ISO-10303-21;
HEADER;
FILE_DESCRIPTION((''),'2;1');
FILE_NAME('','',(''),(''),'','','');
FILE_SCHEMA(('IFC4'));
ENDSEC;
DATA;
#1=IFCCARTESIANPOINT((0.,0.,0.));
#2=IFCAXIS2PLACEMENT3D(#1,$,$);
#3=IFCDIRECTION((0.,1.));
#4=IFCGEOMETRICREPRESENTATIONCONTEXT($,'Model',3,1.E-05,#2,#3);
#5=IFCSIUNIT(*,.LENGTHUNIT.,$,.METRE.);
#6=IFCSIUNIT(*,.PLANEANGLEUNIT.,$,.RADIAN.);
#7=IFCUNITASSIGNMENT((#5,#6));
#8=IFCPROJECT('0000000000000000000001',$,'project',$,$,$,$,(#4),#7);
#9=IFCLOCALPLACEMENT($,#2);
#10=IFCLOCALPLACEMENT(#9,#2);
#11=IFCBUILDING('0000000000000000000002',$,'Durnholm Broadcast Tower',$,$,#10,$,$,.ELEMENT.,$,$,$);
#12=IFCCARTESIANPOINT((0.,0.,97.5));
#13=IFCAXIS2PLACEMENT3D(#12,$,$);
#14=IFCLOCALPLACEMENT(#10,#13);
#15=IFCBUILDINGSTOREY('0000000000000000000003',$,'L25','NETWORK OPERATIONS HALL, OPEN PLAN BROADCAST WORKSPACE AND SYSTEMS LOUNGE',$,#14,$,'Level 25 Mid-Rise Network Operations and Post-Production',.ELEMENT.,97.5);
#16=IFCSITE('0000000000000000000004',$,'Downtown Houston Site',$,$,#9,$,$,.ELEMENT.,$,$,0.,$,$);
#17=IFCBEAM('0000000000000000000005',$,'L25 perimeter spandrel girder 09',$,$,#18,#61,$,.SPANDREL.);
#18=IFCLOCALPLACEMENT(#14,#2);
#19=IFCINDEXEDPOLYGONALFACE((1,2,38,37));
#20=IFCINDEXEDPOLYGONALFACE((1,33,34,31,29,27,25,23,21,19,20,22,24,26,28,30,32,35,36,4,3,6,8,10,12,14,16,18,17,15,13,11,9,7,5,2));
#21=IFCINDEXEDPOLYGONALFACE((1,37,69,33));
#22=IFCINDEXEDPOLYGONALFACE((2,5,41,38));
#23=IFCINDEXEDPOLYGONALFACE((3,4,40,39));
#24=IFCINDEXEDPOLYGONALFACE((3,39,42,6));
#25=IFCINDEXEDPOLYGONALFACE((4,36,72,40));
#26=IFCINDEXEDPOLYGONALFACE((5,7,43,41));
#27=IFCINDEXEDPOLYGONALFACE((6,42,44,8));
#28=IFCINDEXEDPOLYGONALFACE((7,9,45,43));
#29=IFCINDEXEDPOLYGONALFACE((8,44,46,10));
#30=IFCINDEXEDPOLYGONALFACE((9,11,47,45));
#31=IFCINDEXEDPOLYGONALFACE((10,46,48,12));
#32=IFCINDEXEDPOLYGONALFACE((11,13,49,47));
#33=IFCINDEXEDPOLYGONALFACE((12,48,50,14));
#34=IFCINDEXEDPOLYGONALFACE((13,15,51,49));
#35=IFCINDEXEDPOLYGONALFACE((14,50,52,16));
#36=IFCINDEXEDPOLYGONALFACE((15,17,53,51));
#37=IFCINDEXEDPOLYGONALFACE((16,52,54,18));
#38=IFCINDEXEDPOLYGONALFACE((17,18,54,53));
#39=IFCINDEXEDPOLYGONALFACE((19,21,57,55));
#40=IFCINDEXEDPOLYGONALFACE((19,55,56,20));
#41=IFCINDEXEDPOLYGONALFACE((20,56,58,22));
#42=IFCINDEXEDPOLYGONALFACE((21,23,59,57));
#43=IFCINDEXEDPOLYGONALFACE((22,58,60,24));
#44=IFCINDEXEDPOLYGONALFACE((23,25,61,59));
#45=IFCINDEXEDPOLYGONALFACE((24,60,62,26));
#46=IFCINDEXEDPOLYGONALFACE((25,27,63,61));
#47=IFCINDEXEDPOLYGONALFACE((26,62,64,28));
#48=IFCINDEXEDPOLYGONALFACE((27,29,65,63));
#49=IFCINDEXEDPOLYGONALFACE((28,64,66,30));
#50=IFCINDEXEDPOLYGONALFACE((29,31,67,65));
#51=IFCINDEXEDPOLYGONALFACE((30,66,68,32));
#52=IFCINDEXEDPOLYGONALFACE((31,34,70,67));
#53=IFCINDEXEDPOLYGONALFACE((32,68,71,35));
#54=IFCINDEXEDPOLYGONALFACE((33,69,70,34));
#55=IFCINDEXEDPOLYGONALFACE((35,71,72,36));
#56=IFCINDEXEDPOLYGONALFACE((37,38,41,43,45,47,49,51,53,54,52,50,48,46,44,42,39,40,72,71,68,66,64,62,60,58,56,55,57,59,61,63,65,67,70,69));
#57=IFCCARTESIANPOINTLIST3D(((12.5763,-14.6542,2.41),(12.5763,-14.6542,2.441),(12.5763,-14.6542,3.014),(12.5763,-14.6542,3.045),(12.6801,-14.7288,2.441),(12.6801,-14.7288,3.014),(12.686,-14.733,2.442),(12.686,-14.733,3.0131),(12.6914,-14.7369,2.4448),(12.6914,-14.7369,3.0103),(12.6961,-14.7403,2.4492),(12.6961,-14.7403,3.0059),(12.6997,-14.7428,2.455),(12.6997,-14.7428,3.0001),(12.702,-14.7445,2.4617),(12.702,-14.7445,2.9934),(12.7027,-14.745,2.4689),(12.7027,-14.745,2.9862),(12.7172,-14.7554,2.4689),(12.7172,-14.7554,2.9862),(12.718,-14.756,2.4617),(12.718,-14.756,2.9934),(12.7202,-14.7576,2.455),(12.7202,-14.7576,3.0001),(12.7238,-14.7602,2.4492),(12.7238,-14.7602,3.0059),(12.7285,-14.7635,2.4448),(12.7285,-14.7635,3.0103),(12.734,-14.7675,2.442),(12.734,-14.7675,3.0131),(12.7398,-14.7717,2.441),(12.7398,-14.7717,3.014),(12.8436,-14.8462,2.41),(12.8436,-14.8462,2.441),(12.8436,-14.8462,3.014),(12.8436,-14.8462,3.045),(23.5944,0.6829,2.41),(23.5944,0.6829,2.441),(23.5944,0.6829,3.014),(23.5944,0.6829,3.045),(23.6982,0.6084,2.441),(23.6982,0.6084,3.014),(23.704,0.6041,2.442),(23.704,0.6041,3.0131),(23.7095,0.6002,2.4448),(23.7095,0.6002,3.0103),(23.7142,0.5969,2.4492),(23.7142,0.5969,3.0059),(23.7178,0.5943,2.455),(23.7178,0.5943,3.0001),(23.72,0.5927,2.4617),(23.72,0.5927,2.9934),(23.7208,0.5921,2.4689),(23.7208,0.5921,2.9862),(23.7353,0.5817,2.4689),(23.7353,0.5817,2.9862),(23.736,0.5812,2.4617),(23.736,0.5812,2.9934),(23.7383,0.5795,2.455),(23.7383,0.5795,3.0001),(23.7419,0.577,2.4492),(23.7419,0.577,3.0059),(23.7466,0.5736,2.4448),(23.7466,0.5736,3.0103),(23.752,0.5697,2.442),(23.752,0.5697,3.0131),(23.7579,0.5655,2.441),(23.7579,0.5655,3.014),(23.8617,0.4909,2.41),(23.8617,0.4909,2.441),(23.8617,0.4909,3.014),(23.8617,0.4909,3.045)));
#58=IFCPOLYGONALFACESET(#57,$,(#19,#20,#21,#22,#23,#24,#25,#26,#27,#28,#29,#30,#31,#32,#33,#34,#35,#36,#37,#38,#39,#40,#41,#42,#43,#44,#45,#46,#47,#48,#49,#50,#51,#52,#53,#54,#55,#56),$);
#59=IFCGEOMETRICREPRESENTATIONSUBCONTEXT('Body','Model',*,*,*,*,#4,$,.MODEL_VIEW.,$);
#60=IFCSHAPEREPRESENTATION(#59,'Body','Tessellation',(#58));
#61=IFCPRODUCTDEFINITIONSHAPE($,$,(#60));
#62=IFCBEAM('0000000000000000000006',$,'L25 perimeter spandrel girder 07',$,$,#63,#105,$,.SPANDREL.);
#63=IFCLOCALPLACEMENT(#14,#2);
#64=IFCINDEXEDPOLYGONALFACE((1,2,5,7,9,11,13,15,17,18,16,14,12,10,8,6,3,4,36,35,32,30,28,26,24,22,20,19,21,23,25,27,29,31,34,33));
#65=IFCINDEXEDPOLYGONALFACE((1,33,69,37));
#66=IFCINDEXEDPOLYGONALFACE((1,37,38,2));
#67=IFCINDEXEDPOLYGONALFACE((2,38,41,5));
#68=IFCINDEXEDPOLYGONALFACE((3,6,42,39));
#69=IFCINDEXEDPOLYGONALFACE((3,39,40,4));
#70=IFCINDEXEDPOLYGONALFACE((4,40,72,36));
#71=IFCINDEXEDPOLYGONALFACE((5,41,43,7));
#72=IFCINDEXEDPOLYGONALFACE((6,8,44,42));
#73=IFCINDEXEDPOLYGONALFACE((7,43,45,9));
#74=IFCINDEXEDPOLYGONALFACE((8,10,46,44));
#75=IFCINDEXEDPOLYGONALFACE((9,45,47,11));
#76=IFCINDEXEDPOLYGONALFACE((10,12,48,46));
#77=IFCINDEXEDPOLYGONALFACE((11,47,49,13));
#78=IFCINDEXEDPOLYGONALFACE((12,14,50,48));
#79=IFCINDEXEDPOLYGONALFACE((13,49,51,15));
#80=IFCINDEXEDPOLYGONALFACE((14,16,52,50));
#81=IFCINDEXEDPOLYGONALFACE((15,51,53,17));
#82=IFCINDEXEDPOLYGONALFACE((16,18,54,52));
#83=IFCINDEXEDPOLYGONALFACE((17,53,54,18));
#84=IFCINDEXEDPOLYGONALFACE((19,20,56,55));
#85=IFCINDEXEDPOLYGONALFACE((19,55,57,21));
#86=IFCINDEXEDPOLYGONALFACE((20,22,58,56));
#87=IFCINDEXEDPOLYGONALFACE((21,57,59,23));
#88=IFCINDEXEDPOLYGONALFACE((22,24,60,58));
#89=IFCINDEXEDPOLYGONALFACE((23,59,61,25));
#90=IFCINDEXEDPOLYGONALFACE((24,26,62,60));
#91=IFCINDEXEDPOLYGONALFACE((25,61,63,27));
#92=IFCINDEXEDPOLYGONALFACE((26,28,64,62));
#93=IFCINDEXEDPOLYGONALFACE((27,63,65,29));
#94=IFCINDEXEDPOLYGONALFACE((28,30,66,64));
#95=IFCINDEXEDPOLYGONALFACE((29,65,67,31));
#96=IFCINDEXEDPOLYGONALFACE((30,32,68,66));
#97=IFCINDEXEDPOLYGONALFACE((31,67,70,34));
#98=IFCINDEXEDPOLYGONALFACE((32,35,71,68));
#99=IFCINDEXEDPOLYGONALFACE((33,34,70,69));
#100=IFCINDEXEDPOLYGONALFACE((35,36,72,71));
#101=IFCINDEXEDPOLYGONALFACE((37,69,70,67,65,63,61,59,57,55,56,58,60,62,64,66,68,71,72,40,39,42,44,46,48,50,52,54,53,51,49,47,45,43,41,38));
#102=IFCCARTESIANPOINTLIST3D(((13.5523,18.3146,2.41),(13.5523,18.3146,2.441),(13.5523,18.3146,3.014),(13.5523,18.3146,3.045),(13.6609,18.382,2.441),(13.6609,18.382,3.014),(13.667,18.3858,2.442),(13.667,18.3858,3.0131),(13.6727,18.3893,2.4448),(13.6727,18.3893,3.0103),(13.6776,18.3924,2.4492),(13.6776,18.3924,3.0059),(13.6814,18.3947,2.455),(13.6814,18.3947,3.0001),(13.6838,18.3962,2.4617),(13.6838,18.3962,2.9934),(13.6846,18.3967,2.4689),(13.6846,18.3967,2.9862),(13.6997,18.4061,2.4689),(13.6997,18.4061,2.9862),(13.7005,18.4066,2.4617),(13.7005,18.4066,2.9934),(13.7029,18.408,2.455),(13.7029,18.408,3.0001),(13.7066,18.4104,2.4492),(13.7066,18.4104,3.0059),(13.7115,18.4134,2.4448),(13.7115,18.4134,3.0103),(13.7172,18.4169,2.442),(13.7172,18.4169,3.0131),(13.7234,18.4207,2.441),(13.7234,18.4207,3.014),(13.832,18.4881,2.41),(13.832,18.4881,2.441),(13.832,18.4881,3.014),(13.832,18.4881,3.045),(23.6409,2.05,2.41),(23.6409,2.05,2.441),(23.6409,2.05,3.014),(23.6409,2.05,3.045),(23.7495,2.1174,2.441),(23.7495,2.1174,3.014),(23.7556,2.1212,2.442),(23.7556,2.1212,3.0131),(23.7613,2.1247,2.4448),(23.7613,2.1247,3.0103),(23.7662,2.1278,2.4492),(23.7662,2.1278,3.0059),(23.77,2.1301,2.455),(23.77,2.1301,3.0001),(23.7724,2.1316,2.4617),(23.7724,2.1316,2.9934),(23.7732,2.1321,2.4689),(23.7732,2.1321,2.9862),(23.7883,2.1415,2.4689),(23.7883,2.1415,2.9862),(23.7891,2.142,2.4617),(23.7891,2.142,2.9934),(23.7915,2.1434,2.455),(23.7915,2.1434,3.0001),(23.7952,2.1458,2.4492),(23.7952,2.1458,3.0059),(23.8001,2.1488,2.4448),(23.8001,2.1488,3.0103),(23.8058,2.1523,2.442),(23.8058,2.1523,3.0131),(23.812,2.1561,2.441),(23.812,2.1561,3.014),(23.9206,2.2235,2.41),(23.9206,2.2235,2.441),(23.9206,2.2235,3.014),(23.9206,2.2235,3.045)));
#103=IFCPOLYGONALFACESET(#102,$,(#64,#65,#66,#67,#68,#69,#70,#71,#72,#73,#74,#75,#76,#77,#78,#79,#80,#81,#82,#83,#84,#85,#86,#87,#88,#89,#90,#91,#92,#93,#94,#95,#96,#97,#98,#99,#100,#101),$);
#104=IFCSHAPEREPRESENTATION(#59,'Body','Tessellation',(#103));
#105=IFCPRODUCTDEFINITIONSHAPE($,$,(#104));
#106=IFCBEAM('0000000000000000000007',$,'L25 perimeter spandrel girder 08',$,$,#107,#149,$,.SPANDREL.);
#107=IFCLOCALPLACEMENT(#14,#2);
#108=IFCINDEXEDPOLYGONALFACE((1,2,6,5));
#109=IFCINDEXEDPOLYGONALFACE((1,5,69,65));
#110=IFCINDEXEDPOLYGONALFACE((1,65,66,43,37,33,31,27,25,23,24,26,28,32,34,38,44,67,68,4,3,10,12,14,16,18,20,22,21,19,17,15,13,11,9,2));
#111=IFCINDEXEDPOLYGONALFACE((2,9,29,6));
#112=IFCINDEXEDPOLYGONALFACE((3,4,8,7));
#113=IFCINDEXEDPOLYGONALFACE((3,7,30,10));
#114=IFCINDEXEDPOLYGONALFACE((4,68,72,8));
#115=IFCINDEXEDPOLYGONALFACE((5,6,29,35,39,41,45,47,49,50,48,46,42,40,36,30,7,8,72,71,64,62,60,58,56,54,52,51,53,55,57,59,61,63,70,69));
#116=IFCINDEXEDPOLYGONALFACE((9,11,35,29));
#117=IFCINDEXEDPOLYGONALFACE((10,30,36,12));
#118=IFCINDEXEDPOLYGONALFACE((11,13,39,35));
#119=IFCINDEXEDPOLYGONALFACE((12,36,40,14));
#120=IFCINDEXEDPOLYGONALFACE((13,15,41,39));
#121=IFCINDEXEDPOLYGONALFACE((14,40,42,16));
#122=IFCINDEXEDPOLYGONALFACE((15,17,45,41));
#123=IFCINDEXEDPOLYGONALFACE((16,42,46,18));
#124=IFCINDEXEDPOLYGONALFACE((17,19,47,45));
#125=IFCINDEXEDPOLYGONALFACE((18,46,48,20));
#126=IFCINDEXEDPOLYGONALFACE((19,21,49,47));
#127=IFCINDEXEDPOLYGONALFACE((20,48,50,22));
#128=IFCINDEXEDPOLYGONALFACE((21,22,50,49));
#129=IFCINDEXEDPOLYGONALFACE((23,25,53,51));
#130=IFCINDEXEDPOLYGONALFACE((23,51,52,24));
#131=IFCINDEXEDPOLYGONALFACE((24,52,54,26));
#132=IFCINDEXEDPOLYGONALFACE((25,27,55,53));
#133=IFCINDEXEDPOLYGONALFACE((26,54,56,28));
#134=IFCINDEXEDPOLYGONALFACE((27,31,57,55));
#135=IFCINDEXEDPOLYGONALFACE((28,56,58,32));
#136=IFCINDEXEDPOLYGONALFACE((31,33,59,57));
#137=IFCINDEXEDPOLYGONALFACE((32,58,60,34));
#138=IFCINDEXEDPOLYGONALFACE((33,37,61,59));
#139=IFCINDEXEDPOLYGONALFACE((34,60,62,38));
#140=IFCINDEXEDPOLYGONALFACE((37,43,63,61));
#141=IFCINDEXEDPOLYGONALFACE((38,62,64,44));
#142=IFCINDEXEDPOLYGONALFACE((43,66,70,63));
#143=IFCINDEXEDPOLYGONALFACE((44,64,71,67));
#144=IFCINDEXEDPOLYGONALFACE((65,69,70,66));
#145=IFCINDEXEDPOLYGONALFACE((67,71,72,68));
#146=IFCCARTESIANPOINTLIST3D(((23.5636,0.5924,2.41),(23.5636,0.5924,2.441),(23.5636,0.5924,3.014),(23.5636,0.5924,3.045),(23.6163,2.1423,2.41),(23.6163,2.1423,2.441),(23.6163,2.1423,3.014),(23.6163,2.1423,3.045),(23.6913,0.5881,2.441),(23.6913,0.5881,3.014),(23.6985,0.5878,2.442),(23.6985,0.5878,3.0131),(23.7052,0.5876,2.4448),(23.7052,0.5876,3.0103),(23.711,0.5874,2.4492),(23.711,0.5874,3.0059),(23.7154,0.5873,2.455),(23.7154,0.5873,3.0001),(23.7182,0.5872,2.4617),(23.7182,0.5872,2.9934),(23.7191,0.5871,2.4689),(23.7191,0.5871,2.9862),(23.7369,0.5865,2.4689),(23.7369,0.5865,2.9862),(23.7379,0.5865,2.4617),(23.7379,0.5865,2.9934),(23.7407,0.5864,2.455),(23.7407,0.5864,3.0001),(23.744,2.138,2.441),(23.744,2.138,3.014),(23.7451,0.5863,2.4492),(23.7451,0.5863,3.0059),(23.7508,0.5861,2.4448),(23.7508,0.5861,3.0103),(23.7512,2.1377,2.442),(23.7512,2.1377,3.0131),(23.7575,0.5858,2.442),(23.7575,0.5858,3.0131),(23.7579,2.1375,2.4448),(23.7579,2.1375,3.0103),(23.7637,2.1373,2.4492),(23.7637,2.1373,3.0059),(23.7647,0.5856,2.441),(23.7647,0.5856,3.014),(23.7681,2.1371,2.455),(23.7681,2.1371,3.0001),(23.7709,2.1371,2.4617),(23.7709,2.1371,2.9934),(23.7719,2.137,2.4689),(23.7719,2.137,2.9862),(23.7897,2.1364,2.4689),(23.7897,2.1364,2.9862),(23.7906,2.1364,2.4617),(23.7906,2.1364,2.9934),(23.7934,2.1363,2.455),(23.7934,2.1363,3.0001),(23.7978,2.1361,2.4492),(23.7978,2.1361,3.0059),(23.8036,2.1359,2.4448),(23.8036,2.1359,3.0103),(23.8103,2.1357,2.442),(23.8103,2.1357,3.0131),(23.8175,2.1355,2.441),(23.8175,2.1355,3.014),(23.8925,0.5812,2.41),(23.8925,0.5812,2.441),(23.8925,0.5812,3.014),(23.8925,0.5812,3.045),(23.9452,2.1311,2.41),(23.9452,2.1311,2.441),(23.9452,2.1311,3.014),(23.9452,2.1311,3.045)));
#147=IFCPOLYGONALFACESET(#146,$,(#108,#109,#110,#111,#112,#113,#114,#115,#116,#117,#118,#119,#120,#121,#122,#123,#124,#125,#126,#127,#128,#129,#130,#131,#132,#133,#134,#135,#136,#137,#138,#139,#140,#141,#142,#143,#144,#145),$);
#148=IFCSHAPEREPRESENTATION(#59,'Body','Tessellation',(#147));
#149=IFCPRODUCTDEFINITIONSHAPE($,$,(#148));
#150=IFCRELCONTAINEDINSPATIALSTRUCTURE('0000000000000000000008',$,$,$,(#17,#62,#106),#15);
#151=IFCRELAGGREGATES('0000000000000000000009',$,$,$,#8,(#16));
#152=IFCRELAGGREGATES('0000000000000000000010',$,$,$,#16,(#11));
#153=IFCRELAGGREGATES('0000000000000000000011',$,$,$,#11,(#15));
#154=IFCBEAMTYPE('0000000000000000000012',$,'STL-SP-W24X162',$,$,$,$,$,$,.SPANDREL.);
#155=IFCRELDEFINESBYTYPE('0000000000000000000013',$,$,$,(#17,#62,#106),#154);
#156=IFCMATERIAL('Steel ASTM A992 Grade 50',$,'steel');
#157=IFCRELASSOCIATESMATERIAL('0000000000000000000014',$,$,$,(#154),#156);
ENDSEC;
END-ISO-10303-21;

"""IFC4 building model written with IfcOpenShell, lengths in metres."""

from ifc_helpers import new_model, si_unit, direction, frame, origin, origin_2d, place, context, subcontext, project, spatial, i_section, extrude, source, transform, mapped, material, material_profile, profile_set, type_object, type_shapes, element, save


model = new_model("IFC4")

# Units and contexts
model_context = context("Model", 3, precision=1e-05, world=origin(), true_north=direction((0.0, 1.0)))
body_context = subcontext(model_context, "Body", "Model", "MODEL_VIEW")
ifc_project = project(units=[si_unit("LENGTHUNIT", "METRE"), si_unit("PLANEANGLEUNIT", "RADIAN")], contexts=[model_context])

# Site, building, storey
site_placement = place(None, origin())
site = spatial("IfcSite", under=ifc_project, at=site_placement, Name="Downtown Houston Site", CompositionType="ELEMENT", RefElevation=0.0)
building_placement = place(site_placement, origin())
building = spatial("IfcBuilding", under=site, at=building_placement, Name="Durnholm Broadcast Tower", CompositionType="ELEMENT")
storey_placement = place(building_placement, frame((0.0, 0.0, 97.5)))
storey = spatial("IfcBuildingStorey", under=building, at=storey_placement, Name="L25", Description="NETWORK OPERATIONS HALL, OPEN PLAN BROADCAST WORKSPACE AND SYSTEMS LOUNGE", LongName="Level 25 Mid-Rise Network Operations and Post-Production", CompositionType="ELEMENT", Elevation=97.5)

# Beams
ifc_material_1 = material(Name="Steel ASTM A992 Grade 50", Category="steel")
ifc_material_profile_1 = material_profile(ifc_material_1, i_section(OverallWidth=0.3291, OverallDepth=0.635, WebThickness=0.0178, FlangeThickness=0.031, FilletRadius=0.0278, at=origin_2d()), Name="W24X162")
ifc_profile_set_1 = profile_set([ifc_material_profile_1], Name="Steel ASTM A992 Grade 50")
beam_type_1 = type_object("IfcBeamType", Name="STL-SP-W24X162", PredefinedType="SPANDREL", material=ifc_profile_set_1)
shared_shape_1 = source(origin(), body_context, "Body", "SweptSolid", [
    extrude(i_section(OverallWidth=0.3291, OverallDepth=0.635, WebThickness=0.0178, FlangeThickness=0.031, FilletRadius=0.0278, at=origin_2d()), origin(), (0.0, 0.0, 1.0), 18.8845),
])
beam_1_placement = place(storey_placement, frame((23.728, 0.5869, 2.7275), z_axis=(-0.583443, -0.812154, 0.0), x_axis=(0.812154, -0.583443, 0.0)))
element("IfcBeam", 1, at=beam_1_placement, inside=storey, type_object=beam_type_1, Name="L25 perimeter spandrel girder 09", PredefinedType="SPANDREL", context=body_context, shape_type="MappedRepresentation", body=[
    mapped(shared_shape_1, transform((0.0, 0.0, 0.0), x_axis=(1.0, 0.0, 0.0), y_axis=(0.0, 1.0, 0.0), z_axis=(0.0, 0.0, 1.0), scale=1.0)),
])
shared_shape_2 = source(origin(), body_context, "Body", "SweptSolid", [
    extrude(i_section(OverallWidth=0.3291, OverallDepth=0.635, WebThickness=0.0178, FlangeThickness=0.031, FilletRadius=0.0278, at=origin_2d()), origin(), (0.0, 0.0, 1.0), 19.1394),
])
beam_2_placement = place(storey_placement, frame((13.6921, 18.4014, 2.7275), z_axis=(0.527111, -0.849796, 0.0), x_axis=(0.849796, 0.527111, 0.0)))
element("IfcBeam", 2, at=beam_2_placement, inside=storey, type_object=beam_type_1, Name="L25 perimeter spandrel girder 07", PredefinedType="SPANDREL", context=body_context, shape_type="MappedRepresentation", body=[
    mapped(shared_shape_2, transform((0.0, 0.0, 0.0), x_axis=(1.0, 0.0, 0.0), y_axis=(0.0, 1.0, 0.0), z_axis=(0.0, 0.0, 1.0), scale=1.0)),
])
shared_shape_3 = source(origin(), body_context, "Body", "SweptSolid", [
    extrude(i_section(OverallWidth=0.3291, OverallDepth=0.635, WebThickness=0.0178, FlangeThickness=0.031, FilletRadius=0.0278, at=origin_2d()), origin(), (0.0, 0.0, 1.0), 1.5508),
])
type_shapes(beam_type_1, [shared_shape_1, shared_shape_2, shared_shape_3])
beam_3_placement = place(storey_placement, frame((23.7808, 2.1367, 2.7275), z_axis=(-0.034007, -0.999422, 0.0), x_axis=(0.999422, -0.034007, 0.0)))
element("IfcBeam", 3, at=beam_3_placement, inside=storey, type_object=beam_type_1, Name="L25 perimeter spandrel girder 08", PredefinedType="SPANDREL", context=body_context, shape_type="MappedRepresentation", body=[
    mapped(shared_shape_3, transform((0.0, 0.0, 0.0), x_axis=(1.0, 0.0, 0.0), y_axis=(0.0, 1.0, 0.0), z_axis=(0.0, 0.0, 1.0), scale=1.0)),
])

save(model, "model.ifc")
